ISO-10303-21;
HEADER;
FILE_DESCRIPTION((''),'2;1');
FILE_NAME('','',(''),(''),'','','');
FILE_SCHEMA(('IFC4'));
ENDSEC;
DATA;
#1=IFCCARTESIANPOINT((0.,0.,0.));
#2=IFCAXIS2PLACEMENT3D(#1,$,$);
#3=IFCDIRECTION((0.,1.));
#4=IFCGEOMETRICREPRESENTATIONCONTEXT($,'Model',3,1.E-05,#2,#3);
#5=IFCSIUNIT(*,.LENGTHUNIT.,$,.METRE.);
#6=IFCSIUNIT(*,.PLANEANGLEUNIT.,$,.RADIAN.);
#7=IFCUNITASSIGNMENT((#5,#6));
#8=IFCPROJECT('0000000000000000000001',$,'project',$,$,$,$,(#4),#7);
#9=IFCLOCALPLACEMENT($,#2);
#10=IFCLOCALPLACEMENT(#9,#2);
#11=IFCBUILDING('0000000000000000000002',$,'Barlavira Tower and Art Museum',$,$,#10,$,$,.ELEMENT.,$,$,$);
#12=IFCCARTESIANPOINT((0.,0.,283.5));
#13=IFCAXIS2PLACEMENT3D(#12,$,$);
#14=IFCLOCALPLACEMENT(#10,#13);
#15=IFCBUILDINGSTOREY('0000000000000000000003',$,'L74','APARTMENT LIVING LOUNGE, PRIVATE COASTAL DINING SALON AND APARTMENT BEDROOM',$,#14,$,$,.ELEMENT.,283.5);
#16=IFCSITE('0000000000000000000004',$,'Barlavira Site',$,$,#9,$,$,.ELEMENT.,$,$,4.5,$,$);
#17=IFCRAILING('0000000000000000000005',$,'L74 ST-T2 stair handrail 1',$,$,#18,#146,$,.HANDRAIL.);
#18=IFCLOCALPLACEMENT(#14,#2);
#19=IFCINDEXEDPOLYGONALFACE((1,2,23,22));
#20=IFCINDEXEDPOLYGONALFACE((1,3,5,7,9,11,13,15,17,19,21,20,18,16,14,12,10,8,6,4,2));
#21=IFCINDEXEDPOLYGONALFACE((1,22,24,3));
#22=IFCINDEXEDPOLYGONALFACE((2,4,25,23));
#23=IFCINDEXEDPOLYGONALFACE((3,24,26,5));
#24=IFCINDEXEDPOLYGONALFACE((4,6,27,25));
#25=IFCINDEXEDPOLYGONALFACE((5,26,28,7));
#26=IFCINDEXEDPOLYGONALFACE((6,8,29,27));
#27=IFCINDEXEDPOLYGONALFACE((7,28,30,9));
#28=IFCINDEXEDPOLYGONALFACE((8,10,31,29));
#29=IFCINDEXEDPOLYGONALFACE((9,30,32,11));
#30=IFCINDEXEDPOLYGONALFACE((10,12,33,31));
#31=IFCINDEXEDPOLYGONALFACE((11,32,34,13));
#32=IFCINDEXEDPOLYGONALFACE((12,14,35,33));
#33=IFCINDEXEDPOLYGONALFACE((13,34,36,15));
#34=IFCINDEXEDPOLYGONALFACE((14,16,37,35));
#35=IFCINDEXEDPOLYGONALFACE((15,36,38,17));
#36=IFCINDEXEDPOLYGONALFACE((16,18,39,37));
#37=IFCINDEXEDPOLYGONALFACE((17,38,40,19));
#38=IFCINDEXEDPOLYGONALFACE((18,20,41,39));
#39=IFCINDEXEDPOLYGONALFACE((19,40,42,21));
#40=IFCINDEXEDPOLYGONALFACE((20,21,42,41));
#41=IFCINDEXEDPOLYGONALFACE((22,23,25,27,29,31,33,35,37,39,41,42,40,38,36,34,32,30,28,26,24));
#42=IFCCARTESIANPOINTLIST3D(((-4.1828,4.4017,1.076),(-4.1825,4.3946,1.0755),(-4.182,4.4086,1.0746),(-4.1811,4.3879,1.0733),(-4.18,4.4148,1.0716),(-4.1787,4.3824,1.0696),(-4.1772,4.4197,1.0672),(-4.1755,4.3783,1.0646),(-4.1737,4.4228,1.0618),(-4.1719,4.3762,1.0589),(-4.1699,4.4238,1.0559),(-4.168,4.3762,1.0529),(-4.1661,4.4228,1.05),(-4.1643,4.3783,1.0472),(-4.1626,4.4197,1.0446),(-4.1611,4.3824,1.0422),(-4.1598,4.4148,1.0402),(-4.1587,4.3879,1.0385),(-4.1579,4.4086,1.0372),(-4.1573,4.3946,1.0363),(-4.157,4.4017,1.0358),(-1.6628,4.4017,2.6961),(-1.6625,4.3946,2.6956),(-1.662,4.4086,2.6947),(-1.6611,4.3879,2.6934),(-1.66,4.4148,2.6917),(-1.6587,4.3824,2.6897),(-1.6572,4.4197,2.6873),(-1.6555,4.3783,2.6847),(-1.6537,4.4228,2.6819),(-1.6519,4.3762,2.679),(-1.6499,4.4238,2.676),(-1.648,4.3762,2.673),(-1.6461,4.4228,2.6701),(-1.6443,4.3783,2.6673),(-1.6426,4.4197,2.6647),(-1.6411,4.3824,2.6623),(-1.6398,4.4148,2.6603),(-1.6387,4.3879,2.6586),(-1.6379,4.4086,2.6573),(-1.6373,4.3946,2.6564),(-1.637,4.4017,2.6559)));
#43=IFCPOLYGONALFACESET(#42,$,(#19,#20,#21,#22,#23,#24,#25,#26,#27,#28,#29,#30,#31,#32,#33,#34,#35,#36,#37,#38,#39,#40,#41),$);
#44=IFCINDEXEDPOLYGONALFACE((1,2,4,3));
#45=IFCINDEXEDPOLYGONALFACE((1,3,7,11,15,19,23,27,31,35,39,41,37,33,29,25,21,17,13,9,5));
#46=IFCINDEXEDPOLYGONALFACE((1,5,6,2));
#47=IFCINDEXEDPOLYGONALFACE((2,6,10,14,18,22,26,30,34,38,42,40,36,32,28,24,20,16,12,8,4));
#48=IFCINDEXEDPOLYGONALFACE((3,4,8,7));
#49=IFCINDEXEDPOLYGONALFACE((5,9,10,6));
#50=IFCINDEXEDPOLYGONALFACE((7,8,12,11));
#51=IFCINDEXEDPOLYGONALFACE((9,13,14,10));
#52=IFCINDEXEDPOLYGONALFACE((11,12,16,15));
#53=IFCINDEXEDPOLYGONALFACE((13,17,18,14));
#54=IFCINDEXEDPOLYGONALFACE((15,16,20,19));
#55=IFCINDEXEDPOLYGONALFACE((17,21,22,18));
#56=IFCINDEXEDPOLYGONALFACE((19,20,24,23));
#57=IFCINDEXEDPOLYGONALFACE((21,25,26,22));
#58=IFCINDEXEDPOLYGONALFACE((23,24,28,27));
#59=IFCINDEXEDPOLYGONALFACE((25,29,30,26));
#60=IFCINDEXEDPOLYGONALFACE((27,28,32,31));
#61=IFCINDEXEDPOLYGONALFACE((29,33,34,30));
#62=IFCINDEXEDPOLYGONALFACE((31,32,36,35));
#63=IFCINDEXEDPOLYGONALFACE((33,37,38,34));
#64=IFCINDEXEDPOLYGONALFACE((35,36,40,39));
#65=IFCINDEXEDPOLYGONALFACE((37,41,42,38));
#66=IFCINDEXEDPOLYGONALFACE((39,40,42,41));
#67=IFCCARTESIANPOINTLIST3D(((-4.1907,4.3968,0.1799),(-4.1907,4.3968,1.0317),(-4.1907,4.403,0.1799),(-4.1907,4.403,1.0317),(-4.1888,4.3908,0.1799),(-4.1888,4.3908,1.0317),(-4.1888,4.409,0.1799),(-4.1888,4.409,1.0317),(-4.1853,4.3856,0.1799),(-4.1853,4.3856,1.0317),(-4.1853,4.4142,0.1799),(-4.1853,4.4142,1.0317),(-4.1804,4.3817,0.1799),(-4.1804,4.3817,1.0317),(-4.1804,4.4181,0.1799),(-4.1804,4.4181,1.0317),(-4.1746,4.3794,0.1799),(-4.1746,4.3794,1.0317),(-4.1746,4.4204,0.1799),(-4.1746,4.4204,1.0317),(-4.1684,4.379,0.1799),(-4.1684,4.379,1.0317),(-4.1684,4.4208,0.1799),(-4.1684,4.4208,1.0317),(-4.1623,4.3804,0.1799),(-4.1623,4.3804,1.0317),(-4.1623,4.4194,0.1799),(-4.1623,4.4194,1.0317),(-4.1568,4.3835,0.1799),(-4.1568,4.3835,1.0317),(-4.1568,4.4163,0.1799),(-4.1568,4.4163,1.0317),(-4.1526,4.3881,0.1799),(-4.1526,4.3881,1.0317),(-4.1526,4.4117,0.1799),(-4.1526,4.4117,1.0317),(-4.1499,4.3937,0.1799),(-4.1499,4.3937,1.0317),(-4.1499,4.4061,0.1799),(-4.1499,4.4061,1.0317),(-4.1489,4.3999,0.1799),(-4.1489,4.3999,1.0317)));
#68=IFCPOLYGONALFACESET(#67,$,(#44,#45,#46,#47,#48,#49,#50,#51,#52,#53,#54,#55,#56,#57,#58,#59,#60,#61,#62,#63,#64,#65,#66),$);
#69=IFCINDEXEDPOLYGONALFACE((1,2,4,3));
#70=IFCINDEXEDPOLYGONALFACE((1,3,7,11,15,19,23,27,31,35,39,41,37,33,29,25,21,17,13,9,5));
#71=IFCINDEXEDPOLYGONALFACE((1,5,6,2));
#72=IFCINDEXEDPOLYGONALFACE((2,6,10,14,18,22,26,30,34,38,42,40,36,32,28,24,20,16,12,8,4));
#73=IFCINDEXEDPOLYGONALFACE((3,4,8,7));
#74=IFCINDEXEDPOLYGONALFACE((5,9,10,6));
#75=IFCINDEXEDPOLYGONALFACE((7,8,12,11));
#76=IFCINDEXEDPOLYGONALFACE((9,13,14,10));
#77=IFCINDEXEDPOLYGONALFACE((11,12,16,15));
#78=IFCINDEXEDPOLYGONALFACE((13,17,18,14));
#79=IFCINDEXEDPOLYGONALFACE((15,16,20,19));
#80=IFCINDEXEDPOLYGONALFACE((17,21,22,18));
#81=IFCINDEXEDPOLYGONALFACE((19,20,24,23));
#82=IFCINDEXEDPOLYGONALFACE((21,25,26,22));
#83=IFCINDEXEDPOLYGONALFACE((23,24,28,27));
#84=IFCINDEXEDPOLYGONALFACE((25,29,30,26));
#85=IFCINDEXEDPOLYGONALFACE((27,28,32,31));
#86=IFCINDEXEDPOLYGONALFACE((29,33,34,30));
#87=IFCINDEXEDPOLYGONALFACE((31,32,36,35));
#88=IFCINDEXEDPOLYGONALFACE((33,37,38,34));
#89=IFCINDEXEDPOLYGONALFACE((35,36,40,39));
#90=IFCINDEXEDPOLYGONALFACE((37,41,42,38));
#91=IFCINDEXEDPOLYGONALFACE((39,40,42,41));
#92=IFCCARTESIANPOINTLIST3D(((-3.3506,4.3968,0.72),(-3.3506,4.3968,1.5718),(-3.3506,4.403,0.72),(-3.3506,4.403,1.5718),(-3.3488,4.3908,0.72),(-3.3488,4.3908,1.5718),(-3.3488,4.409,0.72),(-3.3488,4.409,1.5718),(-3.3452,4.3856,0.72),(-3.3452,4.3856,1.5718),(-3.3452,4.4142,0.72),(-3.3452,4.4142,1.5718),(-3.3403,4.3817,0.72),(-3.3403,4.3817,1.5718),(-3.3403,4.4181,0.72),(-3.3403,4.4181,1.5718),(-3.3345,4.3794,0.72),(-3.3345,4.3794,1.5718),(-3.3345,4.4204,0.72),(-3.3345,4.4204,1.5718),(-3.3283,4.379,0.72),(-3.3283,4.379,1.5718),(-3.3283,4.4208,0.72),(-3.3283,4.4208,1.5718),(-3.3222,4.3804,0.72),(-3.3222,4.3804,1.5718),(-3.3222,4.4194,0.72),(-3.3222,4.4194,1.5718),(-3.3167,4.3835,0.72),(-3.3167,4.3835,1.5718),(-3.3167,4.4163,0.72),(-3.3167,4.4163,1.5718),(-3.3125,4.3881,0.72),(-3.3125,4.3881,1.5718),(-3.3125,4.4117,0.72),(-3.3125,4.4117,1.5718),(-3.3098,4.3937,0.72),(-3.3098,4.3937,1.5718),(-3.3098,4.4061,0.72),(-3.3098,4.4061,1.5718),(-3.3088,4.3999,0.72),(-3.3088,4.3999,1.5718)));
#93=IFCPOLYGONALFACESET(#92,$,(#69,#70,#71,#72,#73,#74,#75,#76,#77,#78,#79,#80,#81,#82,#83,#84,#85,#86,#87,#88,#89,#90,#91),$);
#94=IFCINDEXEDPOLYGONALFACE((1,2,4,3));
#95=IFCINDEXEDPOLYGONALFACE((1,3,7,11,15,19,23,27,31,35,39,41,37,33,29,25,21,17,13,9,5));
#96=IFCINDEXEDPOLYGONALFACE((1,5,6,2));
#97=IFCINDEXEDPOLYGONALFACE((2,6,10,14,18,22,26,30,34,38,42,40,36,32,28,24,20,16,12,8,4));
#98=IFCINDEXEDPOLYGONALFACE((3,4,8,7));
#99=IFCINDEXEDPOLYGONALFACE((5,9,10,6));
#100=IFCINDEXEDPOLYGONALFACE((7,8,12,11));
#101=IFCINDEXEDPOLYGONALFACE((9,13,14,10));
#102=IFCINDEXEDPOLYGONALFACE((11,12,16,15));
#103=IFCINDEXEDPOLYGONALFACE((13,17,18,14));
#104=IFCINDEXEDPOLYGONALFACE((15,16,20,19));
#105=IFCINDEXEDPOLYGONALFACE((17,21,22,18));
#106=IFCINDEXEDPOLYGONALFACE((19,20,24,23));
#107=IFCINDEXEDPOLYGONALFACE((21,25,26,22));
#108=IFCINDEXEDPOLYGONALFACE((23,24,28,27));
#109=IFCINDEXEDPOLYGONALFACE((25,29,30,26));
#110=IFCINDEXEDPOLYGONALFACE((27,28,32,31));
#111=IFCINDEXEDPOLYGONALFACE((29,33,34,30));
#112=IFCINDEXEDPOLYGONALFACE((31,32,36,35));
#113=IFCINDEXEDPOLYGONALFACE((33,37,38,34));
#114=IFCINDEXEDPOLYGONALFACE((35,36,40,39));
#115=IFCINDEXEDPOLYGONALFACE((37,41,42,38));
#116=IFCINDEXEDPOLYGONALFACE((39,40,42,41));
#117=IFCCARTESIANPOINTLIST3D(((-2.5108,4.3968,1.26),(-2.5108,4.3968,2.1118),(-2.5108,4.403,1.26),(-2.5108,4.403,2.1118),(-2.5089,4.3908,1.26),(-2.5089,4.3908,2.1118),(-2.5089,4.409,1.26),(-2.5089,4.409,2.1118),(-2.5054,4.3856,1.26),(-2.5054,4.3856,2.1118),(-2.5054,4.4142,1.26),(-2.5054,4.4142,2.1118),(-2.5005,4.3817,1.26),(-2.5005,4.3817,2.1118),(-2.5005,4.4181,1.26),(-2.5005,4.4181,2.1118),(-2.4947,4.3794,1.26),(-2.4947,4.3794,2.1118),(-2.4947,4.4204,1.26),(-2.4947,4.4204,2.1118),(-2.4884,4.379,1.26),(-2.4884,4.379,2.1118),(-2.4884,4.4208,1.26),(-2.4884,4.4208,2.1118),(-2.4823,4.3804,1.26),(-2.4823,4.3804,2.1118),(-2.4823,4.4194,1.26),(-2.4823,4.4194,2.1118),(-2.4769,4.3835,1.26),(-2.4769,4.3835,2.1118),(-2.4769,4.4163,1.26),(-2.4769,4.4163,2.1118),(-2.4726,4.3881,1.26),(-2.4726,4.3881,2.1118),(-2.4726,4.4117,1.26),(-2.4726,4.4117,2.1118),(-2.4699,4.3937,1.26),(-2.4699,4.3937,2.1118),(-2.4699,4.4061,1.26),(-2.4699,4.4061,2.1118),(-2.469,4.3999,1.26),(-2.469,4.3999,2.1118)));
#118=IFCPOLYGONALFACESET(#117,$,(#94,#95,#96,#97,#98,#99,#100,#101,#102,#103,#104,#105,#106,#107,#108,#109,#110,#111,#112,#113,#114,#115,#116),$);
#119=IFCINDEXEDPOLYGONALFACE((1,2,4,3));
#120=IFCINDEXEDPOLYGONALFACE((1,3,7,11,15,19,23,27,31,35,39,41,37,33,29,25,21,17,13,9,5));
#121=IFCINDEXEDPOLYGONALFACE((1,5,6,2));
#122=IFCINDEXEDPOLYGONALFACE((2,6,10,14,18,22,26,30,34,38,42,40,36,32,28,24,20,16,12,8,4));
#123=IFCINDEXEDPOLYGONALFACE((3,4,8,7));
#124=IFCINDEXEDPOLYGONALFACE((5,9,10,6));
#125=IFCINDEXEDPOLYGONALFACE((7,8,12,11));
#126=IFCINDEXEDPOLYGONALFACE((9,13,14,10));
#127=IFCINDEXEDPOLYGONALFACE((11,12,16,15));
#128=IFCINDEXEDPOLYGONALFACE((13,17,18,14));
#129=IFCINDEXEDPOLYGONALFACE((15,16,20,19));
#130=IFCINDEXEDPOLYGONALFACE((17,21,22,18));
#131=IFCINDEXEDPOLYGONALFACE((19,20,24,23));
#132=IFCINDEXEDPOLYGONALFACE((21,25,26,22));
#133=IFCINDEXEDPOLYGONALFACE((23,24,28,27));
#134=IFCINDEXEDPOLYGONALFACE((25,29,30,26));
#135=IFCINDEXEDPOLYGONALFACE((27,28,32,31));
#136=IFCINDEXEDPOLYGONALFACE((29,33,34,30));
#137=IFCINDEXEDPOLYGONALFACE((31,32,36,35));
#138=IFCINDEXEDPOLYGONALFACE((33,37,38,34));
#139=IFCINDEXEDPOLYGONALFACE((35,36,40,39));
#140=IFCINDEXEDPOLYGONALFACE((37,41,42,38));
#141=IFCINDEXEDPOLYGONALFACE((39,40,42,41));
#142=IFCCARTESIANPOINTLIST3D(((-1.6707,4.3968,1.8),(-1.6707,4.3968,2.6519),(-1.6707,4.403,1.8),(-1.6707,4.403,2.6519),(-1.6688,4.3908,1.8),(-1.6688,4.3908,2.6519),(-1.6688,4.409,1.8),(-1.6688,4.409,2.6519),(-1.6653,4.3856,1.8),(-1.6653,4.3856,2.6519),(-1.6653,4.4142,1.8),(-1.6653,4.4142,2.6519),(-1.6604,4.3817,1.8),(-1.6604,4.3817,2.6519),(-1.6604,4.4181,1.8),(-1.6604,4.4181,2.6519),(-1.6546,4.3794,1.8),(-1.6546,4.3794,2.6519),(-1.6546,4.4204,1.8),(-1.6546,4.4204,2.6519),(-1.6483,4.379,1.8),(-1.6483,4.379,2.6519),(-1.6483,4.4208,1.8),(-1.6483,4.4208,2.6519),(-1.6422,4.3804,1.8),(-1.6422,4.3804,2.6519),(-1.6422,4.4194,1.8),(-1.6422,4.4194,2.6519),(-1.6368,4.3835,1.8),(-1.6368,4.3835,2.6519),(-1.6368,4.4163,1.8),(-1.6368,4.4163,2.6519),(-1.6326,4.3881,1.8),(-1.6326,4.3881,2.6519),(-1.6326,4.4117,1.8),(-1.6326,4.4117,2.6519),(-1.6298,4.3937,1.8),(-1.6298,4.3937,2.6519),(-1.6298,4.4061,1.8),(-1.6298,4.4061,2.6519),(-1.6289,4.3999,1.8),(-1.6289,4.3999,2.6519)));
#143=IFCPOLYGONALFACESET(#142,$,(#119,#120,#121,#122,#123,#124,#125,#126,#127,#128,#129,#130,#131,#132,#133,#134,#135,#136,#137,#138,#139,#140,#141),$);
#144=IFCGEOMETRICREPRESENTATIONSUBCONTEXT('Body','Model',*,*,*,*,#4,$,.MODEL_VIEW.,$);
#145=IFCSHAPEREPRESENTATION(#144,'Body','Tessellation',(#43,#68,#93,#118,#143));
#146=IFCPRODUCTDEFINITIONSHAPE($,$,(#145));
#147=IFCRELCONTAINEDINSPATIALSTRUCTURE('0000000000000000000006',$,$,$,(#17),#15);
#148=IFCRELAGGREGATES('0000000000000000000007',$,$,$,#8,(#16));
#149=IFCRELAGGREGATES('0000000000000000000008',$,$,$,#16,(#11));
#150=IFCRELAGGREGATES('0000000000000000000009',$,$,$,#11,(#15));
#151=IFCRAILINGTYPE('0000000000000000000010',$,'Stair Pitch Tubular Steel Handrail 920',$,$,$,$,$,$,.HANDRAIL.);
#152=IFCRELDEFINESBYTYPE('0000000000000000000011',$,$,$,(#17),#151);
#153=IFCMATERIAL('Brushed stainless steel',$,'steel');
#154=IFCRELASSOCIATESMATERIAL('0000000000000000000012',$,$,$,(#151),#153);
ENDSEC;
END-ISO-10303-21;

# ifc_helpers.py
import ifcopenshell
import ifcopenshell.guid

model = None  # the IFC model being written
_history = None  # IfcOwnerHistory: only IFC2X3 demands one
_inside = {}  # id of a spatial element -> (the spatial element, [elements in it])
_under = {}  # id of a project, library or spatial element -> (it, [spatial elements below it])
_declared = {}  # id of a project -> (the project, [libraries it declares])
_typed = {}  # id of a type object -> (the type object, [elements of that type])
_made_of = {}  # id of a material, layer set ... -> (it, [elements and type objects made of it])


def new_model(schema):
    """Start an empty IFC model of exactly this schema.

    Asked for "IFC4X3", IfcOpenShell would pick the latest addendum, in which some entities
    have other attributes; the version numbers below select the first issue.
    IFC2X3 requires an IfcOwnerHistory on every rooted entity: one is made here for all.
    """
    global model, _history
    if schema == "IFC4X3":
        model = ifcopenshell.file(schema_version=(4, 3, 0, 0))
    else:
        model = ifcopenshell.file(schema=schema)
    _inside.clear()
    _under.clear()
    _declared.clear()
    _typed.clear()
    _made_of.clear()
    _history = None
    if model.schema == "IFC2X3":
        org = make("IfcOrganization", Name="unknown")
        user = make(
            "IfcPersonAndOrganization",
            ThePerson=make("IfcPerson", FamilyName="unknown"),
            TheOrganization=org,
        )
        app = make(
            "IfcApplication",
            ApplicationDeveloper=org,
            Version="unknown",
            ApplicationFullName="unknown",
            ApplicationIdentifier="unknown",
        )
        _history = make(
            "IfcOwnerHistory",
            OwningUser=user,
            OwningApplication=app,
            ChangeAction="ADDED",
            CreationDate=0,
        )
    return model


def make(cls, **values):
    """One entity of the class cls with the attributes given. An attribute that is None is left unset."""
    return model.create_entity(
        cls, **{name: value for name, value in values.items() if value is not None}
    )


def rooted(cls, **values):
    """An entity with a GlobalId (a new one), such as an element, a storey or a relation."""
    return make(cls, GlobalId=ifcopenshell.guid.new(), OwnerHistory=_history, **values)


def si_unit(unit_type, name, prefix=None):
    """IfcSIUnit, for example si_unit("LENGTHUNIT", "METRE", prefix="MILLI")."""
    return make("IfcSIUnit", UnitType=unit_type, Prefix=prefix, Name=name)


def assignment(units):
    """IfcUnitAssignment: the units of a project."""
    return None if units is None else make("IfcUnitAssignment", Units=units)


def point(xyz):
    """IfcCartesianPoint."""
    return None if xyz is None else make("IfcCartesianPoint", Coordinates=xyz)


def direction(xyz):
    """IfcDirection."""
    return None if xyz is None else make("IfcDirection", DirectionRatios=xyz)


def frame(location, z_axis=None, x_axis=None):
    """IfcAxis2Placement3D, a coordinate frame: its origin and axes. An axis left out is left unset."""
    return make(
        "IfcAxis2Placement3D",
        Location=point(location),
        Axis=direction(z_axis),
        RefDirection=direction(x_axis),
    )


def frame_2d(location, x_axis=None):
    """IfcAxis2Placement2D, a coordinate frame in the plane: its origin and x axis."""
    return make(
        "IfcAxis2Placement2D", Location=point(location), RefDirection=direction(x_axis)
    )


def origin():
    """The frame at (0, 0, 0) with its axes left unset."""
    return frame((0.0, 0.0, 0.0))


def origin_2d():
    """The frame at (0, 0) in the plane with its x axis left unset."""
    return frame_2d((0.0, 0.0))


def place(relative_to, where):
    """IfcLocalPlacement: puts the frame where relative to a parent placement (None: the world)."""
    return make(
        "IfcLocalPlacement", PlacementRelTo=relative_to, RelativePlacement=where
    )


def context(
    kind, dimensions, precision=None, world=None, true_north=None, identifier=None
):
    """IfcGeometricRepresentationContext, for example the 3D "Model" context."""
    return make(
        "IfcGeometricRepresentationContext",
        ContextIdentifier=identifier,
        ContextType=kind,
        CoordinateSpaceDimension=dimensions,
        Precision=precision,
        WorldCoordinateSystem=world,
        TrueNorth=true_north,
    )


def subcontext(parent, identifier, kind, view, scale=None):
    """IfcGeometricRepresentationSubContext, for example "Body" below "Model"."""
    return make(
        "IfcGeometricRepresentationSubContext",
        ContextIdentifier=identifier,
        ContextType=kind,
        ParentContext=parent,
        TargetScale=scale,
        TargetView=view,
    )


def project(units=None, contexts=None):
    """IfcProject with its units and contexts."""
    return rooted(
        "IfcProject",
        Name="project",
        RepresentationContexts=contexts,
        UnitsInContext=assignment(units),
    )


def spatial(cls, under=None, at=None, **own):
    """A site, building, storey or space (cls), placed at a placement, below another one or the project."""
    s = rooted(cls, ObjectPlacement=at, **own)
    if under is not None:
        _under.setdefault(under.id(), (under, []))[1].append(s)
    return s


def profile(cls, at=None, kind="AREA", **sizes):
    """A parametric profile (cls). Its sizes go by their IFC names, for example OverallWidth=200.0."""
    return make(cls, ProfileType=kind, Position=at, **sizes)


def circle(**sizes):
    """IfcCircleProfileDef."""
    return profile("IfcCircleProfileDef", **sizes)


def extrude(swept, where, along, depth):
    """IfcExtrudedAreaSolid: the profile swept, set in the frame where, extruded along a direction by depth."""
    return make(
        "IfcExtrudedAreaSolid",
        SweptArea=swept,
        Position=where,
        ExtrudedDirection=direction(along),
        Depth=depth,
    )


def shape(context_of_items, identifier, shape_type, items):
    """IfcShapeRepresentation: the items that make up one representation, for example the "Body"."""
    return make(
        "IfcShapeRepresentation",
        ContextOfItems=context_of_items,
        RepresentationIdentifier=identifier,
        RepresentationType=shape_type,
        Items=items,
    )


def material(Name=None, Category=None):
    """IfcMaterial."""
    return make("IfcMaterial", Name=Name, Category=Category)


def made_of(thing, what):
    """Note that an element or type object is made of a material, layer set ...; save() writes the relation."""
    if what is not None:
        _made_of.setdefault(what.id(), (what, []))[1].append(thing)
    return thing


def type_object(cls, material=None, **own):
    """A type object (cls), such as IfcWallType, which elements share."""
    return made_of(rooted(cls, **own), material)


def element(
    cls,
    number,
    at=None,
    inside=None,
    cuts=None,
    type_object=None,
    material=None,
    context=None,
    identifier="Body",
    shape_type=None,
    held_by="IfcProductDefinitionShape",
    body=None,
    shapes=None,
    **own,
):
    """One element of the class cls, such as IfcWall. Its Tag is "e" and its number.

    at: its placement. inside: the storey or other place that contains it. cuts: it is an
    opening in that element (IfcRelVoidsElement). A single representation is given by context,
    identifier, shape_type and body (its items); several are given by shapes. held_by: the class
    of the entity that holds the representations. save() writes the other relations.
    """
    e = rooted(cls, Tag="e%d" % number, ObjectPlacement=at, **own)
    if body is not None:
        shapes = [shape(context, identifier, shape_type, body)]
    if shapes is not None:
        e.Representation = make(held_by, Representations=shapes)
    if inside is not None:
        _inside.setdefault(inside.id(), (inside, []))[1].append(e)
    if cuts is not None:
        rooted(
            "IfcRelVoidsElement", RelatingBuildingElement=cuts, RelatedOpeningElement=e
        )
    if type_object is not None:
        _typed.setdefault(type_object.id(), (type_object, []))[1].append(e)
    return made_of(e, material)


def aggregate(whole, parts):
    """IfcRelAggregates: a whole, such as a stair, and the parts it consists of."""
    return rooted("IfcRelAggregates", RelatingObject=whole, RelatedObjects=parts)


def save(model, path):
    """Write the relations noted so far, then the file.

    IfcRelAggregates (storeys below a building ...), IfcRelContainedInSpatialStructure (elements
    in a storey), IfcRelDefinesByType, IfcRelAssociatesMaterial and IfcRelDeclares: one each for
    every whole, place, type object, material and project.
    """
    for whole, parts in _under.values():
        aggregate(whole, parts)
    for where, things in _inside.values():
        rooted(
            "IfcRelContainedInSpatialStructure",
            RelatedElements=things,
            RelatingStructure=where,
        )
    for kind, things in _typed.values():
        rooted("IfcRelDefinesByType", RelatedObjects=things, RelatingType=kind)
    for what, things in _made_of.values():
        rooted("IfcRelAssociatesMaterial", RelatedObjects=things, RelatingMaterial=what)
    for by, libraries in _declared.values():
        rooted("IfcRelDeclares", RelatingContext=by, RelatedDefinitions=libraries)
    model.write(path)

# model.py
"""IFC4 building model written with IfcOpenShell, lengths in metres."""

from ifc_helpers import new_model, si_unit, direction, frame, origin, origin_2d, place, context, subcontext, project, spatial, circle, extrude, material, type_object, element, save


model = new_model("IFC4")

# Units and contexts
model_context = context("Model", 3, precision=1e-05, world=origin(), true_north=direction((0.0, 1.0)))
body_context = subcontext(model_context, "Body", "Model", "MODEL_VIEW")
ifc_project = project(units=[si_unit("LENGTHUNIT", "METRE"), si_unit("PLANEANGLEUNIT", "RADIAN")], contexts=[model_context])

# Site, building, storey
site_placement = place(None, origin())
site = spatial("IfcSite", under=ifc_project, at=site_placement, Name="Barlavira Site", CompositionType="ELEMENT", RefElevation=4.5)
building_placement = place(site_placement, origin())
building = spatial("IfcBuilding", under=site, at=building_placement, Name="Barlavira Tower and Art Museum", CompositionType="ELEMENT")
storey_placement = place(building_placement, frame((0.0, 0.0, 283.5)))
storey = spatial("IfcBuildingStorey", under=building, at=storey_placement, Name="L74", Description="APARTMENT LIVING LOUNGE, PRIVATE COASTAL DINING SALON AND APARTMENT BEDROOM", CompositionType="ELEMENT", Elevation=283.5)

# Shared definitions
ifc_material_1 = material(Name="Brushed stainless steel", Category="steel")

# Railing
railing_type_1 = type_object("IfcRailingType", Name="Stair Pitch Tubular Steel Handrail 920", PredefinedType="HANDRAIL", material=ifc_material_1)
railing_1_placement = place(storey_placement, frame((-4.1699, 4.3999, 0.1799)))
element("IfcRailing", 1, at=railing_1_placement, inside=storey, type_object=railing_type_1, Name="L74 ST-T2 stair handrail 1", PredefinedType="HANDRAIL", context=body_context, shape_type="SweptSolid", body=[
    extrude(circle(Radius=0.0239, at=origin_2d()), frame((0.0, 0.0, 0.876), z_axis=(0.841163, 0.0, 0.540782), x_axis=(0.0, 1.0, 0.0)), (0.0, 0.0, 1.0), 2.9958),
    extrude(circle(Radius=0.021, at=origin_2d()), origin(), (0.0, 0.0, 1.0), 0.8518),
    extrude(circle(Radius=0.021, at=origin_2d()), frame((0.8401, 0.0, 0.54)), (0.0, 0.0, 1.0), 0.8518),
    extrude(circle(Radius=0.021, at=origin_2d()), frame((1.6799, 0.0, 1.0801)), (0.0, 0.0, 1.0), 0.8518),
    extrude(circle(Radius=0.021, at=origin_2d()), frame((2.52, 0.0, 1.6201)), (0.0, 0.0, 1.0), 0.8518),
])

save(model, "model.ifc")
